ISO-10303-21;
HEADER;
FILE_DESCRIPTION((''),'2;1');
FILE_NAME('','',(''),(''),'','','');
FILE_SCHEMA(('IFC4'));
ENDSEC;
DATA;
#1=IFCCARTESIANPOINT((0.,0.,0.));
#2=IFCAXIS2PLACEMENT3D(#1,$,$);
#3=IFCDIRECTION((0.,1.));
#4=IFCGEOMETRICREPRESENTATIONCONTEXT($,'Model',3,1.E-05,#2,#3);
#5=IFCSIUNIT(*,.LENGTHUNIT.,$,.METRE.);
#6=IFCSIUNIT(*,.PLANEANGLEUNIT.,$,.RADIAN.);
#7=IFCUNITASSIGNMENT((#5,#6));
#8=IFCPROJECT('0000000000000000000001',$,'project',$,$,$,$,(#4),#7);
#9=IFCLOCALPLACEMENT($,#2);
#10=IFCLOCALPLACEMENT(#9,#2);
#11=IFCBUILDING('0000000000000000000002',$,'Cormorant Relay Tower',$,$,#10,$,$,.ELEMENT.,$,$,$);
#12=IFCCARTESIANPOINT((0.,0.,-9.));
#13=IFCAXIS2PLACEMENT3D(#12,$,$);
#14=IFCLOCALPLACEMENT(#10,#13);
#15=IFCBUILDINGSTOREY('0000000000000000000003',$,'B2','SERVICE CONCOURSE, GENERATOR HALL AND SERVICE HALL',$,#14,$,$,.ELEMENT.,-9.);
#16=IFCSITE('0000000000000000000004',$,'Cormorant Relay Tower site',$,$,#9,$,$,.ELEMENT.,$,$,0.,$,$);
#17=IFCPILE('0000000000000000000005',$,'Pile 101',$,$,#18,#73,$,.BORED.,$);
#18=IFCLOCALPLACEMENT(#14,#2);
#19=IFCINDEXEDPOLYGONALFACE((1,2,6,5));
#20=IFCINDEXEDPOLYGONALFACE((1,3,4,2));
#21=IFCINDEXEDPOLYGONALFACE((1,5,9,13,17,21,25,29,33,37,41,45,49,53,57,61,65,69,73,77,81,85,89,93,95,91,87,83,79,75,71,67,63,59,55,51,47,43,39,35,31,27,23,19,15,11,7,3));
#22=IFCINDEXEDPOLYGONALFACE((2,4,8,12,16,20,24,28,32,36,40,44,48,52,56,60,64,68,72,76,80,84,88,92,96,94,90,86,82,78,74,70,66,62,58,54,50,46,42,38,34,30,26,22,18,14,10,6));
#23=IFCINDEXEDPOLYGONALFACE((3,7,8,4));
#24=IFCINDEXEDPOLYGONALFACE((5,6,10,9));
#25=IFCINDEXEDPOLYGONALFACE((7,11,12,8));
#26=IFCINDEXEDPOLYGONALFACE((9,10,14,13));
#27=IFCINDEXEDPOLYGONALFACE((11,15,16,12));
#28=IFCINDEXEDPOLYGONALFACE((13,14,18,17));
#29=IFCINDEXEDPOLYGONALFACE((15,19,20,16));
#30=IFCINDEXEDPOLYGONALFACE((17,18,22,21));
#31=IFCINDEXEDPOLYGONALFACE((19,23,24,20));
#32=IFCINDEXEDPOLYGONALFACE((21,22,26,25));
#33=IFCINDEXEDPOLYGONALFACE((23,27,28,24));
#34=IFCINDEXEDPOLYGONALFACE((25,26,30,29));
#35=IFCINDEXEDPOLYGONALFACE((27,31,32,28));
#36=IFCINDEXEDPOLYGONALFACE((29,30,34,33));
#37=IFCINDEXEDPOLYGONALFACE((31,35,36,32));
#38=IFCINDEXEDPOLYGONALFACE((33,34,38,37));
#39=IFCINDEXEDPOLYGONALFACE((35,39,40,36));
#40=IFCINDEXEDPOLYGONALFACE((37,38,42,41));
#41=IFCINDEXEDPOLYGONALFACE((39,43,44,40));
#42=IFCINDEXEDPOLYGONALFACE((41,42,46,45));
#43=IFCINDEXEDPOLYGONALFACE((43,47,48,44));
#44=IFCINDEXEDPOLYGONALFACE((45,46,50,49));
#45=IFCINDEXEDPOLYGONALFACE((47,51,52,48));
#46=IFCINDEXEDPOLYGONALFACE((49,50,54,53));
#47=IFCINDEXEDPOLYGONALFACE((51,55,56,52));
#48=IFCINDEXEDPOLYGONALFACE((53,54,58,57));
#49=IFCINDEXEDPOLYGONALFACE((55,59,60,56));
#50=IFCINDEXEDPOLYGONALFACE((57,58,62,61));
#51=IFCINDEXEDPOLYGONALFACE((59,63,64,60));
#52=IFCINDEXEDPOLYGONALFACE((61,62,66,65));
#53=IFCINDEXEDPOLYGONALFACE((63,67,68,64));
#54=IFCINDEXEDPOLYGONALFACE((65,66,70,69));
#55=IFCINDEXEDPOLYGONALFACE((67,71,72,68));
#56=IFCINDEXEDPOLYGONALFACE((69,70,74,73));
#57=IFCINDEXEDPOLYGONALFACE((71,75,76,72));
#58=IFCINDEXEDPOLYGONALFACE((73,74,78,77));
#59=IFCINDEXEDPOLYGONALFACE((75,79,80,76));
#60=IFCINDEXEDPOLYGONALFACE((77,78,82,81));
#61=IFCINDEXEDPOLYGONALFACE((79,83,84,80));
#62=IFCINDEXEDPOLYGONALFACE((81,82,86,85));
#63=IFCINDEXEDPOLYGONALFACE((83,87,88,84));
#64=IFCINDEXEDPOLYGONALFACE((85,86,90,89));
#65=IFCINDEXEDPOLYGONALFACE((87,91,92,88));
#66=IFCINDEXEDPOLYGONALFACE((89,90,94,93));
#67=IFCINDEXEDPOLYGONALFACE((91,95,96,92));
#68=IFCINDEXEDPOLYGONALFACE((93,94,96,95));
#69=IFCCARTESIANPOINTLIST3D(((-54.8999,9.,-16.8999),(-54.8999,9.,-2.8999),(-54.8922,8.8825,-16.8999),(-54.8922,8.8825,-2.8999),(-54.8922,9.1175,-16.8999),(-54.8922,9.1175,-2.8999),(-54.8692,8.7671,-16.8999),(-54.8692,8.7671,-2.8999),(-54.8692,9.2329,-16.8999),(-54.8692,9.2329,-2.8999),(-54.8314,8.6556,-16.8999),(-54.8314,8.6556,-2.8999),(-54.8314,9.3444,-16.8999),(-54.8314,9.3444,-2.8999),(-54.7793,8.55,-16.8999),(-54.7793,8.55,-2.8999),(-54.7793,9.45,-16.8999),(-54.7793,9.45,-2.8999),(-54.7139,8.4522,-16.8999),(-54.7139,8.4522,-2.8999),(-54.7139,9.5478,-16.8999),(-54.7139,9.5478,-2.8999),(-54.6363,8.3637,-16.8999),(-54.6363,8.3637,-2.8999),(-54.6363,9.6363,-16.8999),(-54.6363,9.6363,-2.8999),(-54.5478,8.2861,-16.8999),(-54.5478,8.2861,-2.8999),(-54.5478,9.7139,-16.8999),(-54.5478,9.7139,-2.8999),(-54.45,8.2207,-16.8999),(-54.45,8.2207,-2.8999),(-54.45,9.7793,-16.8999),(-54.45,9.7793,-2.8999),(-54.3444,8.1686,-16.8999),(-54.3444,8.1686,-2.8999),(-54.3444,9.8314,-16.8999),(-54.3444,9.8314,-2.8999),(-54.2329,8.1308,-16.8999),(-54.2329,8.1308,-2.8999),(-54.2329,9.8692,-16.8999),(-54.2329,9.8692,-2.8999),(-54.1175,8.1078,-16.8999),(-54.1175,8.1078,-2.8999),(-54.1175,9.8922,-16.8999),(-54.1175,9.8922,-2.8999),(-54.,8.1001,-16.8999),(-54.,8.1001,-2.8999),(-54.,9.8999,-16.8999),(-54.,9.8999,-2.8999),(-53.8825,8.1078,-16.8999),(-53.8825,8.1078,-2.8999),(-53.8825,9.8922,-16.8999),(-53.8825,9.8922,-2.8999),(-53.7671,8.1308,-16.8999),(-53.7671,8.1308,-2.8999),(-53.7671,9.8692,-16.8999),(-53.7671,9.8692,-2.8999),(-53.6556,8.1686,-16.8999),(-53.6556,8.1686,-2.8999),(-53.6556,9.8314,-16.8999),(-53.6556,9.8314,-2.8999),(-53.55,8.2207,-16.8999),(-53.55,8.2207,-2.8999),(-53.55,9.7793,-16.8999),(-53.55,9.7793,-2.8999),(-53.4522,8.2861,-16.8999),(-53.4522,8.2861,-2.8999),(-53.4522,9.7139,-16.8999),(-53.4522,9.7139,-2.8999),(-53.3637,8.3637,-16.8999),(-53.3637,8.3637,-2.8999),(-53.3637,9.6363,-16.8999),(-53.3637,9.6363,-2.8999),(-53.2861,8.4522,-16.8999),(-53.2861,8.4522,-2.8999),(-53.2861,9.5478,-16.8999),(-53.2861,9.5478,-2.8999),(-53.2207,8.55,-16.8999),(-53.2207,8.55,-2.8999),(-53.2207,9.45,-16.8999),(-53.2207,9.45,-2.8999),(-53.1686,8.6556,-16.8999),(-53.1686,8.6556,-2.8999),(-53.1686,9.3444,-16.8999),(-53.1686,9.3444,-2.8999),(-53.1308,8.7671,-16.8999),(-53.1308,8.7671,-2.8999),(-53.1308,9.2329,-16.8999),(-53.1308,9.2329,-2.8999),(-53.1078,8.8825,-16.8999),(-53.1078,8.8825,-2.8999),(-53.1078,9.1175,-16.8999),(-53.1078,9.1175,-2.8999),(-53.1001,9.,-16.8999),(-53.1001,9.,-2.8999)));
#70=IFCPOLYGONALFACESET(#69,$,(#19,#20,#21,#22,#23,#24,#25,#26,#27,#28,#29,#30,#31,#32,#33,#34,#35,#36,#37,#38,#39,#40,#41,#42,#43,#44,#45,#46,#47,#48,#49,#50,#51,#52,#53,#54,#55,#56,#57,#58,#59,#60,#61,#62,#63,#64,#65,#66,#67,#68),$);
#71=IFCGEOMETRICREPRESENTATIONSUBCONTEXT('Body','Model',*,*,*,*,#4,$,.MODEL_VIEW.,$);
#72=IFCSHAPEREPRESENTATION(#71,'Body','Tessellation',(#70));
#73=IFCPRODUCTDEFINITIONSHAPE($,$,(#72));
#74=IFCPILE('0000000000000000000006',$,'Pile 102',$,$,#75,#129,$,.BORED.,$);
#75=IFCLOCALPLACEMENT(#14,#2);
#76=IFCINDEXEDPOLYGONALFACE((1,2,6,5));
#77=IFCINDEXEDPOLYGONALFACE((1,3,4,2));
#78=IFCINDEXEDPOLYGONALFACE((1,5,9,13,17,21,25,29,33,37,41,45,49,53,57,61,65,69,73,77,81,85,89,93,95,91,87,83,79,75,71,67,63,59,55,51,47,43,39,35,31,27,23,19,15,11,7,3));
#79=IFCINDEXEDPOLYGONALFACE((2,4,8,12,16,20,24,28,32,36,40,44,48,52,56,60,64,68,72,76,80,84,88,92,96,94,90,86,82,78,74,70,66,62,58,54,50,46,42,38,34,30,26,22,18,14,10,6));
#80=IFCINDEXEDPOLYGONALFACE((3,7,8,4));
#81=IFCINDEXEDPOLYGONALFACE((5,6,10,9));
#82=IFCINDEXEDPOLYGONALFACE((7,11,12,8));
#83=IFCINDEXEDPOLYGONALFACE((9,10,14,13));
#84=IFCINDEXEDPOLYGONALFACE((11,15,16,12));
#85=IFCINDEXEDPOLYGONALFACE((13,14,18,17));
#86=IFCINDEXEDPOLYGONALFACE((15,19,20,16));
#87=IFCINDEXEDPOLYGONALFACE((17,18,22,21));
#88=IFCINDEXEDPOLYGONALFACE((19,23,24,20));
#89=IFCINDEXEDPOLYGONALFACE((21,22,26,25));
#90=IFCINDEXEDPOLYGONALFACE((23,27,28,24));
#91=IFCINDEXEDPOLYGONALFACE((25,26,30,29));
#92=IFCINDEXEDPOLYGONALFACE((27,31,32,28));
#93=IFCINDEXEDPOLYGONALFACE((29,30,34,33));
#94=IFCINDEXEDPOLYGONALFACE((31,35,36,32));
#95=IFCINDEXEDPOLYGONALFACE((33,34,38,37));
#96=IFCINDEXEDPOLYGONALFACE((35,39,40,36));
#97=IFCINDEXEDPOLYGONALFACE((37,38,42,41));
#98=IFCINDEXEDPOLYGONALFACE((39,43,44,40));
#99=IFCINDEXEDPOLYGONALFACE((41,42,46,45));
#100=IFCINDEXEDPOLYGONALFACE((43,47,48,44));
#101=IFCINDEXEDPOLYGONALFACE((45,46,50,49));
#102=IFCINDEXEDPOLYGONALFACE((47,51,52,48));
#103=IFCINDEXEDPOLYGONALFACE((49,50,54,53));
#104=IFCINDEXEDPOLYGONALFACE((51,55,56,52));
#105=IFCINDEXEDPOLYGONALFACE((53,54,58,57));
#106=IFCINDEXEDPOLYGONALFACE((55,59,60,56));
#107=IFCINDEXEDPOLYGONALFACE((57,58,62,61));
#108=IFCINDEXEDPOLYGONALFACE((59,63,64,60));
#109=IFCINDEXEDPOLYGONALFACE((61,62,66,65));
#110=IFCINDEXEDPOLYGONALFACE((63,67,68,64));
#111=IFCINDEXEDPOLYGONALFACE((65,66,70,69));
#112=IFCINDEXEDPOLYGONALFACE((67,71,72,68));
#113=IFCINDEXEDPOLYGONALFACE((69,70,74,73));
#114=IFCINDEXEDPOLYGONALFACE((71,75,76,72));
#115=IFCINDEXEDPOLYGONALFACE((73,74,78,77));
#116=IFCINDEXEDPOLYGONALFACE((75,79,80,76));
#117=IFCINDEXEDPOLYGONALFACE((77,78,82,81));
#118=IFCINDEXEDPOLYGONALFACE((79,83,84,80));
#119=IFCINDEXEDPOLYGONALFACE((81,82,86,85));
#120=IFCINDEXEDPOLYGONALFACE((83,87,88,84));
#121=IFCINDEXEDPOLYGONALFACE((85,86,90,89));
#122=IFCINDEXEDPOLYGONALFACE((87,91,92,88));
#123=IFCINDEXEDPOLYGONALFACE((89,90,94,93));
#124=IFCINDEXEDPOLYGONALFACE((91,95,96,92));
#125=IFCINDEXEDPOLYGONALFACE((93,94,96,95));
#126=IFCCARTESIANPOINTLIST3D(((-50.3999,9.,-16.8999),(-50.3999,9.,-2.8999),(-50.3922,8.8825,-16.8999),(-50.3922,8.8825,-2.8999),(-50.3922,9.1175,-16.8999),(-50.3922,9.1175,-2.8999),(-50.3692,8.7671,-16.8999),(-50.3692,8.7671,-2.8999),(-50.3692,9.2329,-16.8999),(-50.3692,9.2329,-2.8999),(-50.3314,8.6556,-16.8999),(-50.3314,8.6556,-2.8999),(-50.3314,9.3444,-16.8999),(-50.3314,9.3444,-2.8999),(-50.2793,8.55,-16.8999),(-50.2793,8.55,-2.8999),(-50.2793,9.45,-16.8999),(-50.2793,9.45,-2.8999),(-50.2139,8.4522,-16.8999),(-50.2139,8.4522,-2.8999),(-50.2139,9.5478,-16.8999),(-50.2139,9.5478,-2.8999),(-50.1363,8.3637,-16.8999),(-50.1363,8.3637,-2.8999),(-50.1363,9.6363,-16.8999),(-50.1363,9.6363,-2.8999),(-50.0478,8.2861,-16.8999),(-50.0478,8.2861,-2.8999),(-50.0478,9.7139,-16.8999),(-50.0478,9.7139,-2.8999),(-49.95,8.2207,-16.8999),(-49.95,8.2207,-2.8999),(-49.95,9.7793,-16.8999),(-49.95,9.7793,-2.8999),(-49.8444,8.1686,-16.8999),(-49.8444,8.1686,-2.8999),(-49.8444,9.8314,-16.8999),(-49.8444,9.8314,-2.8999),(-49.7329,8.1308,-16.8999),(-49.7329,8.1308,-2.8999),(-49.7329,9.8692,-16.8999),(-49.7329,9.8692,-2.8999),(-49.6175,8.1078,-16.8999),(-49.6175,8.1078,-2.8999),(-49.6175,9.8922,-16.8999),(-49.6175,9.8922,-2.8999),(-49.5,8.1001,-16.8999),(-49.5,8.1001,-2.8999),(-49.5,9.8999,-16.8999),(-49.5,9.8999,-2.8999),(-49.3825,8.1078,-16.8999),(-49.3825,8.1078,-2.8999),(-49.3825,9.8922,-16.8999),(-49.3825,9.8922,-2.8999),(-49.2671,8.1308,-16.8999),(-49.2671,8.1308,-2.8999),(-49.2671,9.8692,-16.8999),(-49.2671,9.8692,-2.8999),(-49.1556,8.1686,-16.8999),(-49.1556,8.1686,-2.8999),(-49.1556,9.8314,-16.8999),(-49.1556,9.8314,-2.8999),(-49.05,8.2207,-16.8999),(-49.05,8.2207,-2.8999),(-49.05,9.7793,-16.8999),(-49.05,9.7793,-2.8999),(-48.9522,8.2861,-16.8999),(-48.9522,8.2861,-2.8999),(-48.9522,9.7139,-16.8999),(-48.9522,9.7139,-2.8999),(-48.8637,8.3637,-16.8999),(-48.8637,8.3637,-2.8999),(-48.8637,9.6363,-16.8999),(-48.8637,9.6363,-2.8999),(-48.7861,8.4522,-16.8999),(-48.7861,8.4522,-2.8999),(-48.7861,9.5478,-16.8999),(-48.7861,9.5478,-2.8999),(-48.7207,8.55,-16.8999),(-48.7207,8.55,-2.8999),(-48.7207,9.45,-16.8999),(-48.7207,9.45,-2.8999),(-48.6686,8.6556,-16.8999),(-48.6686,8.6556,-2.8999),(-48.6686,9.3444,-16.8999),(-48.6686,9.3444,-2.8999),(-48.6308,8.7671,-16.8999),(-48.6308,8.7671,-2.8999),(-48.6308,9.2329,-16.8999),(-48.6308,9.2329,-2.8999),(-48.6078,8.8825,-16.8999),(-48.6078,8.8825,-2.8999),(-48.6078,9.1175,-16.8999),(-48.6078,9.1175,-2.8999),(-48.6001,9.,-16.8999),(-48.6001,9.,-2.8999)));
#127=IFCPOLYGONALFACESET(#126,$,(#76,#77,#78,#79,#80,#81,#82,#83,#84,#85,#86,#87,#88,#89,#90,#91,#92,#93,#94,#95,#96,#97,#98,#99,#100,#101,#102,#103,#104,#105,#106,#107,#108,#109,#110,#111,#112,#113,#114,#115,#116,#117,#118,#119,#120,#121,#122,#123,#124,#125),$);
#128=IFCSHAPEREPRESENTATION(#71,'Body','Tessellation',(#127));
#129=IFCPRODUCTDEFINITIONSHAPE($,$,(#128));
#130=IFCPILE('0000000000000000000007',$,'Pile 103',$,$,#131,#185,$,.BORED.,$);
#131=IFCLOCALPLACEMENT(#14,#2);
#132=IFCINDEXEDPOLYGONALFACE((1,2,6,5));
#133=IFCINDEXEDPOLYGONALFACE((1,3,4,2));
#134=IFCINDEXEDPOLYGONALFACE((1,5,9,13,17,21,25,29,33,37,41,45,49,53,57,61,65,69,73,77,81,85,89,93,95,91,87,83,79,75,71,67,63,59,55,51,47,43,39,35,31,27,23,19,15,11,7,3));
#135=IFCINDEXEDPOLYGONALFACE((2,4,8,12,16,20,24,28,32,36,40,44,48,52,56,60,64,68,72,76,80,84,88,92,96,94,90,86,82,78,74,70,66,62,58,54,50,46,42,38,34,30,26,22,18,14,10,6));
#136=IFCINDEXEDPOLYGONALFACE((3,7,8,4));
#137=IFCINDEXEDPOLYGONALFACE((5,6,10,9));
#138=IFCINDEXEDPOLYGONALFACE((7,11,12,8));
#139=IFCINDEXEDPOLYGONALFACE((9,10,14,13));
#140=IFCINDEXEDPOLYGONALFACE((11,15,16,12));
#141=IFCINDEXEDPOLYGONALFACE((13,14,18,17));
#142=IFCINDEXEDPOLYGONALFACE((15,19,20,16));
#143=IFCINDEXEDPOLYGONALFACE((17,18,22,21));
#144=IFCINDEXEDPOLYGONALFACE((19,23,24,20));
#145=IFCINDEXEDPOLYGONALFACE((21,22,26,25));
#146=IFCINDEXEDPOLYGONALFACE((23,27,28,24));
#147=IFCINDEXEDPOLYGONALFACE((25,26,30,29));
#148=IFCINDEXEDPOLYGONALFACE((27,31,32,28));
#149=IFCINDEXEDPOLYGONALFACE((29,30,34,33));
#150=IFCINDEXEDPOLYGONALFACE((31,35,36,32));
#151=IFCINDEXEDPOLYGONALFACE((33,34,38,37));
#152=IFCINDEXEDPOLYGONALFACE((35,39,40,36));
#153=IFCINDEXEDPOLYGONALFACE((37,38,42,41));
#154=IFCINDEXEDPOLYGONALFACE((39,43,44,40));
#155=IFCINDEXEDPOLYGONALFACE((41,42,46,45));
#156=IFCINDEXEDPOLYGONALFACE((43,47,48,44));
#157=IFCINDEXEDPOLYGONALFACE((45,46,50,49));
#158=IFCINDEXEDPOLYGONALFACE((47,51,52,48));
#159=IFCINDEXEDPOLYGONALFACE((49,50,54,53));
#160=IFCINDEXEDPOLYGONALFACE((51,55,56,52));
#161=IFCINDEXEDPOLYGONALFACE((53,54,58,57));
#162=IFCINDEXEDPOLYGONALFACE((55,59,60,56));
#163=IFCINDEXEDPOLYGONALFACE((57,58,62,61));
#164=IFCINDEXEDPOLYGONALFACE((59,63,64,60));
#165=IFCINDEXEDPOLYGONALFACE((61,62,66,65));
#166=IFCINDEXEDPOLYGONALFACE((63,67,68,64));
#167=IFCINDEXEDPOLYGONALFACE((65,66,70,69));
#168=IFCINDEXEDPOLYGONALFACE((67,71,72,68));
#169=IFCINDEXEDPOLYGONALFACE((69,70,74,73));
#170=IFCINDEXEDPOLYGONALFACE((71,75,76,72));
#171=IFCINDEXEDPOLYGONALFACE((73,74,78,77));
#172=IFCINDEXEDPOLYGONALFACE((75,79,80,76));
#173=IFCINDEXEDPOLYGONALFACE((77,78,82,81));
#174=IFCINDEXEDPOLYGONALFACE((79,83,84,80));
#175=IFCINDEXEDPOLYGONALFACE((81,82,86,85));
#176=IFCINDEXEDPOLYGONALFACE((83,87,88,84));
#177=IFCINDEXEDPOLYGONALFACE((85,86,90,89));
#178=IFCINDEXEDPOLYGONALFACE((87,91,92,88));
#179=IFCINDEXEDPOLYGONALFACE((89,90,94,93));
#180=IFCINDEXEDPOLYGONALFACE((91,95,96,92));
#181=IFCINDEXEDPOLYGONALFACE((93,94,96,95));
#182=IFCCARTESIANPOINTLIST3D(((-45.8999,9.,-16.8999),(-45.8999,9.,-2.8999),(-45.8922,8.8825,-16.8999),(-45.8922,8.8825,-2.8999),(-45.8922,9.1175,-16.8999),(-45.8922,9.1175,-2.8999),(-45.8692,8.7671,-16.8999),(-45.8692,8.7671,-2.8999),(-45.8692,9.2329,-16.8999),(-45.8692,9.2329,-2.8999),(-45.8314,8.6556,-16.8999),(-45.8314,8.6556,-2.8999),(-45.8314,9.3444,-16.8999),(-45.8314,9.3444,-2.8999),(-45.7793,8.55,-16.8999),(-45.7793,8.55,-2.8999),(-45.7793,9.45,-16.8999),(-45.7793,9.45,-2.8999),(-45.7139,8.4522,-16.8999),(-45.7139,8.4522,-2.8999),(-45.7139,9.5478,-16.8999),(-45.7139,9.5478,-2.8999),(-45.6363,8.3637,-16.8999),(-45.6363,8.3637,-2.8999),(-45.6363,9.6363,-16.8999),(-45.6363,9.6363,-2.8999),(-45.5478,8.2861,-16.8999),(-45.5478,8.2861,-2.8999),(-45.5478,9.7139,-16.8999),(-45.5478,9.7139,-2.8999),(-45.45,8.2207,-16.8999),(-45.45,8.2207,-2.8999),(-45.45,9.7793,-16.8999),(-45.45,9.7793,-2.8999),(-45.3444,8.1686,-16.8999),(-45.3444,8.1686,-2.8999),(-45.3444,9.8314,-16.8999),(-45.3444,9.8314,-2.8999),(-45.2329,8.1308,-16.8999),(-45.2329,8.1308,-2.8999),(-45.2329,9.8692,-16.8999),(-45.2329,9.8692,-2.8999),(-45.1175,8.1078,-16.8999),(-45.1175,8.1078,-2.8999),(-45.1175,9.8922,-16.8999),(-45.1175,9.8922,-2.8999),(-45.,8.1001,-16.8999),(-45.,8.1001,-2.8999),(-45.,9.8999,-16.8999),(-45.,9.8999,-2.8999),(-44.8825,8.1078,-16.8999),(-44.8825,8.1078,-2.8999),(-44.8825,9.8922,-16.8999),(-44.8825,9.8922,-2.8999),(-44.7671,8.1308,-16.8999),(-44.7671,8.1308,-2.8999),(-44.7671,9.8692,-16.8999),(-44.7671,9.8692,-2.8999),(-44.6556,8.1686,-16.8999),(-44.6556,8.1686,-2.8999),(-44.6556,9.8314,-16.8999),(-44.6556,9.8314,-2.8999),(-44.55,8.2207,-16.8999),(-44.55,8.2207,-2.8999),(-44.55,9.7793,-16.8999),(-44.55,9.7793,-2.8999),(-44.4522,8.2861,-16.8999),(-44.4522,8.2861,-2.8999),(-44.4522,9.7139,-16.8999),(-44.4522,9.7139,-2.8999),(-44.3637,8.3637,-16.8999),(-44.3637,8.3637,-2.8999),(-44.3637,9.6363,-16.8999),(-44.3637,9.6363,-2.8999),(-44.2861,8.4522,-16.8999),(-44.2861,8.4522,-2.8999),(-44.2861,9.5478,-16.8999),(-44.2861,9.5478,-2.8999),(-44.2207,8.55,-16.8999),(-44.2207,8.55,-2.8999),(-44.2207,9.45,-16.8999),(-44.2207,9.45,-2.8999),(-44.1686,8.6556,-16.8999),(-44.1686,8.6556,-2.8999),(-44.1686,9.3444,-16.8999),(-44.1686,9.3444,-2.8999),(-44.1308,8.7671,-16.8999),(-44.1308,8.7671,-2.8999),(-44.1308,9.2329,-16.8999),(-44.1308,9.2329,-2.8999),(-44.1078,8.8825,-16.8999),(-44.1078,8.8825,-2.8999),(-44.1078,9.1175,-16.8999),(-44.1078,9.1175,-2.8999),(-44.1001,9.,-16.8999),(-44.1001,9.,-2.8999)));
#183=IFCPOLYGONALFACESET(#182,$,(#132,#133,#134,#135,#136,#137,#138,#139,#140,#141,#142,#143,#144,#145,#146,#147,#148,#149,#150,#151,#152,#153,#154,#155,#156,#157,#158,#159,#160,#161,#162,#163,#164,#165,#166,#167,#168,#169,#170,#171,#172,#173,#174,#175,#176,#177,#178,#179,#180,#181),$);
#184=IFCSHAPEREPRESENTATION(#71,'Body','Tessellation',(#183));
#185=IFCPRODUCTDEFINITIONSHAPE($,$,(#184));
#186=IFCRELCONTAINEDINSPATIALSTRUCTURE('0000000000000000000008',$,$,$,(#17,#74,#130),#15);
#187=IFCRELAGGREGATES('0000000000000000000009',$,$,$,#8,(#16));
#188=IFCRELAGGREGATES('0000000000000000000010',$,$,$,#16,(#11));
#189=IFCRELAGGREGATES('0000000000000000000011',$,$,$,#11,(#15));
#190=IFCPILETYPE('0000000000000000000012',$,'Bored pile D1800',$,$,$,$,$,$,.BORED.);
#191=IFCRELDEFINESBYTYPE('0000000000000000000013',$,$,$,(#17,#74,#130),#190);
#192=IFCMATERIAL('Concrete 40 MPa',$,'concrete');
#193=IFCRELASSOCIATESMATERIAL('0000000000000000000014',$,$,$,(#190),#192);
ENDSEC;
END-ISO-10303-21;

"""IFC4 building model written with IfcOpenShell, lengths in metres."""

from ifc_helpers import new_model, si_unit, direction, frame, origin, origin_2d, place, context, subcontext, project, spatial, circle, extrude, material, material_profile, profile_set, type_object, element, save


model = new_model("IFC4")

# Units and contexts
model_context = context("Model", 3, precision=1e-05, world=origin(), true_north=direction((0.0, 1.0)))
body_context = subcontext(model_context, "Body", "Model", "MODEL_VIEW")
ifc_project = project(units=[si_unit("LENGTHUNIT", "METRE"), si_unit("PLANEANGLEUNIT", "RADIAN")], contexts=[model_context])

# Site, building, storey
site_placement = place(None, origin())
site = spatial("IfcSite", under=ifc_project, at=site_placement, Name="Cormorant Relay Tower site", CompositionType="ELEMENT", RefElevation=0.0)
building_placement = place(site_placement, origin())
building = spatial("IfcBuilding", under=site, at=building_placement, Name="Cormorant Relay Tower", CompositionType="ELEMENT")
storey_placement = place(building_placement, frame((0.0, 0.0, -9.0)))
storey = spatial("IfcBuildingStorey", under=building, at=storey_placement, Name="B2", Description="SERVICE CONCOURSE, GENERATOR HALL AND SERVICE HALL", CompositionType="ELEMENT", Elevation=-9.0)

# Piles
ifc_material_1 = material(Name="Concrete 40 MPa", Category="concrete")
ifc_material_profile_1 = material_profile(ifc_material_1, circle(Radius=0.8999, at=origin_2d()), Name="BP1800")
ifc_profile_set_1 = profile_set([ifc_material_profile_1], Name="Concrete 40 MPa")
pile_type = type_object("IfcPileType", Name="Bored pile D1800", PredefinedType="BORED", material=ifc_profile_set_1)
for number, where, z_axis, x_axis, name in (
    (1, (-54.0, 9.0, -2.8999), (0.0, 0.0, -1.0), (1.0, 0.0, 0.0), "Pile 101"),
    (2, (-49.5, 9.0, -2.8999), (0.0, 0.0, -1.0), (1.0, 0.0, 0.0), "Pile 102"),
    (3, (-45.0, 9.0, -2.8999), (0.0, 0.0, -1.0), (1.0, 0.0, 0.0), "Pile 103"),
):
    element("IfcPile", number, at=place(storey_placement, frame(where, z_axis=z_axis, x_axis=x_axis)), inside=storey, type_object=pile_type, Name=name, PredefinedType="BORED", context=body_context, shape_type="SweptSolid", body=[
        extrude(circle(Radius=0.8999, at=origin_2d()), origin(), (0.0, 0.0, 1.0), 14.0),
    ])

save(model, "model.ifc")
